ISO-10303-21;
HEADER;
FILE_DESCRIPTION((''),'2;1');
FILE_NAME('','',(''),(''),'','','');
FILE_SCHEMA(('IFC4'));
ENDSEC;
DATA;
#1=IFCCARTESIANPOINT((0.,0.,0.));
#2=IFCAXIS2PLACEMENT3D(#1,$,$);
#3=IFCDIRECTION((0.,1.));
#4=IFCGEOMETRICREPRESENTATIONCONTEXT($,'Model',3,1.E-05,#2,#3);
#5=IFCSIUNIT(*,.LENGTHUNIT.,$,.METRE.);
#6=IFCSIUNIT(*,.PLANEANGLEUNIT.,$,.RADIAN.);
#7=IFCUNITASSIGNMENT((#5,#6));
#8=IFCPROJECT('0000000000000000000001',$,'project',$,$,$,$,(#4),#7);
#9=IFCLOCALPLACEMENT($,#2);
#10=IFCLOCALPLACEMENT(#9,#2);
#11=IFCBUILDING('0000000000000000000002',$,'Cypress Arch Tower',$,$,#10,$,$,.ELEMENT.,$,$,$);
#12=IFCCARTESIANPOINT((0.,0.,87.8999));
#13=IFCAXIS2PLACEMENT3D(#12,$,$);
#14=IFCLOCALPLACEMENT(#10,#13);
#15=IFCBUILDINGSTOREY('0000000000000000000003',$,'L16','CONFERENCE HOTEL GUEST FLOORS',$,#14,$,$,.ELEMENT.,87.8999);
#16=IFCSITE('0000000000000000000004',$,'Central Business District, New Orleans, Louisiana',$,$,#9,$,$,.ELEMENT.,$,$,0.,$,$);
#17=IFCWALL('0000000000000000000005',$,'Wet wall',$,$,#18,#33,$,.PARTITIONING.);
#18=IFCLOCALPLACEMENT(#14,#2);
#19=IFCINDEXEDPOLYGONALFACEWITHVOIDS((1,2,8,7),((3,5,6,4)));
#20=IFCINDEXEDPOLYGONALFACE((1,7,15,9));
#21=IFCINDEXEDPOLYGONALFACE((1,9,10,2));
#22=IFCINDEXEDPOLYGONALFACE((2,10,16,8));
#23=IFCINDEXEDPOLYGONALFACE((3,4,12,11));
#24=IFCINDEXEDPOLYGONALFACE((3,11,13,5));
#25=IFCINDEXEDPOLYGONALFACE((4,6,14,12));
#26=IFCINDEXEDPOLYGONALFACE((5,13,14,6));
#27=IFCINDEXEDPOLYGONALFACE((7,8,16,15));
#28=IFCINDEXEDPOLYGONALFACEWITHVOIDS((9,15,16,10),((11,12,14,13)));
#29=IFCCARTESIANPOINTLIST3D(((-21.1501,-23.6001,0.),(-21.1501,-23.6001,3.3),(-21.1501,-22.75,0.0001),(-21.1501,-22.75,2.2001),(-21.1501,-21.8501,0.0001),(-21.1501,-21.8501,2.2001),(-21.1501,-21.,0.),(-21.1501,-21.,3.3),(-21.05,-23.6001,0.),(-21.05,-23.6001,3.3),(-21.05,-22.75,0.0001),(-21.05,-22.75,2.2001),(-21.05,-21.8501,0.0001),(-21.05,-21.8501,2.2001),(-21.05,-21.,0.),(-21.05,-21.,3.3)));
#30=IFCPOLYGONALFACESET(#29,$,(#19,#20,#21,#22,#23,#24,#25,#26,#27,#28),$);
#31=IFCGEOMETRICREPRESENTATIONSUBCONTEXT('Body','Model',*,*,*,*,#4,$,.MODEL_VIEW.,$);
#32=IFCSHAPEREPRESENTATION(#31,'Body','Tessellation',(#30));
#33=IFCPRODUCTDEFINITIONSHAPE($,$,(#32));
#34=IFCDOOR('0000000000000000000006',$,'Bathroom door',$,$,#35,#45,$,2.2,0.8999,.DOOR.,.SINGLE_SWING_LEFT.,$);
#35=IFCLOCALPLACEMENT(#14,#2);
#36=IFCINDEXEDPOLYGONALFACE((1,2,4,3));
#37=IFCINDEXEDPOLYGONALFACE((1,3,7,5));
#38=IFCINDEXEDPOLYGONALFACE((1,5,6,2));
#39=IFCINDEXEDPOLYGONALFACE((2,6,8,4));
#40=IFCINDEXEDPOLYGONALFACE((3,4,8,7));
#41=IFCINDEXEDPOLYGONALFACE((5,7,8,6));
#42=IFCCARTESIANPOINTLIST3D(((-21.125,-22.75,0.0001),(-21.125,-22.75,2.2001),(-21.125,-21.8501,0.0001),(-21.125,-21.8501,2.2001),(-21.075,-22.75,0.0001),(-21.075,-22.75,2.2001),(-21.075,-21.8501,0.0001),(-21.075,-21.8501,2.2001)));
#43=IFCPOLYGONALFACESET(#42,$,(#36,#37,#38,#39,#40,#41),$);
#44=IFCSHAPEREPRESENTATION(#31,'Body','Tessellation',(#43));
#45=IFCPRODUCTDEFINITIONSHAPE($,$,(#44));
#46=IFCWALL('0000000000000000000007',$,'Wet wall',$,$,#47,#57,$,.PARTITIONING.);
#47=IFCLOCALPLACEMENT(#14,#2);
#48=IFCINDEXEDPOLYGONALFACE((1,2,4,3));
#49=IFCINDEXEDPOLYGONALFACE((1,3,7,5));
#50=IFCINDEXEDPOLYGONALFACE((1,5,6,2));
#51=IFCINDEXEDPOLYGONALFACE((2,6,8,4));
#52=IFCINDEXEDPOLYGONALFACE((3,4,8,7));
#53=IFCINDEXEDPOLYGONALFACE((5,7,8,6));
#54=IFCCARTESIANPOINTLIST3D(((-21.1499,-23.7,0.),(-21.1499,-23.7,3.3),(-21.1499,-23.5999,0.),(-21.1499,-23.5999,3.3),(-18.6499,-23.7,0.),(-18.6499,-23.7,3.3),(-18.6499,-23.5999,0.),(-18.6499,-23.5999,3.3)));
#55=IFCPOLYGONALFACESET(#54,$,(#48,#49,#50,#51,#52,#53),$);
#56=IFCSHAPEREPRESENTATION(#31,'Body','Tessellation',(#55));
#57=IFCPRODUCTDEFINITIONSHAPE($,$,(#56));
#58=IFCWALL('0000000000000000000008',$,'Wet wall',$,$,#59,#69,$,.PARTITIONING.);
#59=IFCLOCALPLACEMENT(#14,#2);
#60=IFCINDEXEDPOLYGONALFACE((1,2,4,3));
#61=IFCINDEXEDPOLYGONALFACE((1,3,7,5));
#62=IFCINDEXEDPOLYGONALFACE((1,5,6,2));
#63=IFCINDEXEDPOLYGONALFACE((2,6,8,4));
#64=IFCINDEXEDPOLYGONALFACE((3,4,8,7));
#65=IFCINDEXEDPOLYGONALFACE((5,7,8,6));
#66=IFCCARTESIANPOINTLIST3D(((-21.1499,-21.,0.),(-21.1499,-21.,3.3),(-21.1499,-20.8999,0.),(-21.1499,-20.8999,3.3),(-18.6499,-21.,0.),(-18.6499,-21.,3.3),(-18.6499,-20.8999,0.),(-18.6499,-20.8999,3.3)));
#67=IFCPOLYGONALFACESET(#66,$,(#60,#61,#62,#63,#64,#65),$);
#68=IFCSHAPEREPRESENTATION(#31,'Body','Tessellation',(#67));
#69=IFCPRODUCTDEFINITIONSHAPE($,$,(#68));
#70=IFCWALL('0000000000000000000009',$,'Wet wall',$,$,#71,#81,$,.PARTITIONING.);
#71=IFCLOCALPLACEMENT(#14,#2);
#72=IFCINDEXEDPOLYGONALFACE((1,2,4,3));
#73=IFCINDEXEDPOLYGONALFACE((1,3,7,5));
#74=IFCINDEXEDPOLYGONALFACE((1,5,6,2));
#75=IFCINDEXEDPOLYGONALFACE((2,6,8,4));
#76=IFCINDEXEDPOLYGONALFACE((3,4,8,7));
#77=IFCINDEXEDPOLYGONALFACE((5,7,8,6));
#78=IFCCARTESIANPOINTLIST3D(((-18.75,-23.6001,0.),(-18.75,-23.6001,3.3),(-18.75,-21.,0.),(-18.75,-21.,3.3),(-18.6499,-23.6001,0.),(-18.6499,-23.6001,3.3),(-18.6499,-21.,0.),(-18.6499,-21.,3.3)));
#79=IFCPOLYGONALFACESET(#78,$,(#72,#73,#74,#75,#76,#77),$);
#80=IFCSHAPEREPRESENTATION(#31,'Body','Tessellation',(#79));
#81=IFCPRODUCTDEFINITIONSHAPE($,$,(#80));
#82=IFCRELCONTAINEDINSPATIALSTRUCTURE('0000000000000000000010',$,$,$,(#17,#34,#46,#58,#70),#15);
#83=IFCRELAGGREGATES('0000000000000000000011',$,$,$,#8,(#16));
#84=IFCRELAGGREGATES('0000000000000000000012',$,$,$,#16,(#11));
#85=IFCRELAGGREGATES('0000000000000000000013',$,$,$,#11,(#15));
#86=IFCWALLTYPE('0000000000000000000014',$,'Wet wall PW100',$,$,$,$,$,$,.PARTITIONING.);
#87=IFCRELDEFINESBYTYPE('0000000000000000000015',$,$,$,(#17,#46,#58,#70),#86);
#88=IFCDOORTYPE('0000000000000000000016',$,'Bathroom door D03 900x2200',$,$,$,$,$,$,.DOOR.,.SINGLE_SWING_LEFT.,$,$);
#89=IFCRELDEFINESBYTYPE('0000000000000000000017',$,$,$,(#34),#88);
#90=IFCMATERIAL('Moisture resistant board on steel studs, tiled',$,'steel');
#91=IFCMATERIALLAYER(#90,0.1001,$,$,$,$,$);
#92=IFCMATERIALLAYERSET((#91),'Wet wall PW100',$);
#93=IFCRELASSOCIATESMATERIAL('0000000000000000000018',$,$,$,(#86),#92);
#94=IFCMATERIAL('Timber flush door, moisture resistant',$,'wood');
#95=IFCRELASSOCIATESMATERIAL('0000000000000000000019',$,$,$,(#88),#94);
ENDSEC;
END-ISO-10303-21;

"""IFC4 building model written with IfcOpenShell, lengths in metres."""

from ifc_helpers import new_model, si_unit, direction, frame, frame_2d, origin, place, context, subcontext, project, spatial, rectangle, extrude, material, layer, layer_set, type_object, element, fill, save


model = new_model("IFC4")

# Units and contexts
model_context = context("Model", 3, precision=1e-05, world=origin(), true_north=direction((0.0, 1.0)))
body_context = subcontext(model_context, "Body", "Model", "MODEL_VIEW")
ifc_project = project(units=[si_unit("LENGTHUNIT", "METRE"), si_unit("PLANEANGLEUNIT", "RADIAN")], contexts=[model_context])

# Site, building, storey
site_placement = place(None, origin())
site = spatial("IfcSite", under=ifc_project, at=site_placement, Name="Central Business District, New Orleans, Louisiana", CompositionType="ELEMENT", RefElevation=0.0)
building_placement = place(site_placement, origin())
building = spatial("IfcBuilding", under=site, at=building_placement, Name="Cypress Arch Tower", CompositionType="ELEMENT")
storey_placement = place(building_placement, frame((0.0, 0.0, 87.8999)))
storey = spatial("IfcBuildingStorey", under=building, at=storey_placement, Name="L16", Description="CONFERENCE HOTEL GUEST FLOORS", CompositionType="ELEMENT", Elevation=87.8999)

# Wall, opening, door
ifc_material_1 = material(Name="Moisture resistant board on steel studs, tiled", Category="steel")
ifc_layer_1 = layer(ifc_material_1, 0.1001)
ifc_layer_set_1 = layer_set([ifc_layer_1], Name="Wet wall PW100")
wall_type_1 = type_object("IfcWallType", Name="Wet wall PW100", PredefinedType="PARTITIONING", material=ifc_layer_set_1)
wall_1_placement = place(storey_placement, frame((-21.1001, -23.6001, 0.0), z_axis=(0.0, 0.0, 1.0), x_axis=(0.0, 1.0, 0.0)))
wall_1 = element("IfcWall", 1, at=wall_1_placement, inside=storey, type_object=wall_type_1, Name="Wet wall", PredefinedType="PARTITIONING", context=body_context, shape_type="SweptSolid", body=[
    extrude(rectangle(XDim=2.6001, YDim=0.1001, at=frame_2d((1.3, 0.0))), origin(), (0.0, 0.0, 1.0), 3.3),
])
opening_1_placement = place(wall_1_placement, frame((0.8501, 0.0, 0.0)))
opening_1 = element("IfcOpeningElement", 2, at=opening_1_placement, cuts=wall_1, PredefinedType="OPENING", context=body_context, shape_type="SweptSolid", body=[
    extrude(rectangle(XDim=0.8999, YDim=2.2, at=frame_2d((0.45, 1.1001))), frame((0.0, 0.0601, 0.0), z_axis=(0.0, -1.0, 0.0), x_axis=(1.0, 0.0, 0.0)), (0.0, 0.0, 1.0), 0.1201),
])
ifc_material_2 = material(Name="Timber flush door, moisture resistant", Category="wood")
door_type_1 = type_object("IfcDoorType", Name="Bathroom door D03 900x2200", OperationType="SINGLE_SWING_LEFT", PredefinedType="DOOR", material=ifc_material_2)
door_1_placement = place(opening_1_placement, origin())
door_1 = element("IfcDoor", 3, at=door_1_placement, inside=storey, type_object=door_type_1, Name="Bathroom door", OperationType="SINGLE_SWING_LEFT", OverallHeight=2.2, OverallWidth=0.8999, PredefinedType="DOOR", context=body_context, shape_type="SweptSolid", body=[
    extrude(rectangle(XDim=0.8999, YDim=2.2, at=frame_2d((0.45, 1.1001))), frame((0.0, 0.0249, 0.0), z_axis=(0.0, -1.0, 0.0), x_axis=(1.0, 0.0, 0.0)), (0.0, 0.0, 1.0), 0.05),
])
fill(opening_1, door_1)

# Walls
for number, where, z_axis, x_axis, name in (
    (4, (-21.1499, -23.6499, 0.0), (0.0, 0.0, 1.0), (1.0, 0.0, 0.0), "Wet wall"),
    (5, (-21.1499, -20.95, 0.0), (0.0, 0.0, 1.0), (1.0, 0.0, 0.0), "Wet wall"),
):
    element("IfcWall", number, at=place(storey_placement, frame(where, z_axis=z_axis, x_axis=x_axis)), inside=storey, type_object=wall_type_1, Name=name, PredefinedType="PARTITIONING", context=body_context, shape_type="SweptSolid", body=[
        extrude(rectangle(XDim=2.5, YDim=0.1001, at=frame_2d((1.25, 0.0))), origin(), (0.0, 0.0, 1.0), 3.3),
    ])
wall_2_placement = place(storey_placement, frame((-18.7, -23.6001, 0.0), z_axis=(0.0, 0.0, 1.0), x_axis=(0.0, 1.0, 0.0)))
element("IfcWall", 6, at=wall_2_placement, inside=storey, type_object=wall_type_1, Name="Wet wall", PredefinedType="PARTITIONING", context=body_context, shape_type="SweptSolid", body=[
    extrude(rectangle(XDim=2.6001, YDim=0.1001, at=frame_2d((1.3, 0.0))), origin(), (0.0, 0.0, 1.0), 3.3),
])

save(model, "model.ifc")
